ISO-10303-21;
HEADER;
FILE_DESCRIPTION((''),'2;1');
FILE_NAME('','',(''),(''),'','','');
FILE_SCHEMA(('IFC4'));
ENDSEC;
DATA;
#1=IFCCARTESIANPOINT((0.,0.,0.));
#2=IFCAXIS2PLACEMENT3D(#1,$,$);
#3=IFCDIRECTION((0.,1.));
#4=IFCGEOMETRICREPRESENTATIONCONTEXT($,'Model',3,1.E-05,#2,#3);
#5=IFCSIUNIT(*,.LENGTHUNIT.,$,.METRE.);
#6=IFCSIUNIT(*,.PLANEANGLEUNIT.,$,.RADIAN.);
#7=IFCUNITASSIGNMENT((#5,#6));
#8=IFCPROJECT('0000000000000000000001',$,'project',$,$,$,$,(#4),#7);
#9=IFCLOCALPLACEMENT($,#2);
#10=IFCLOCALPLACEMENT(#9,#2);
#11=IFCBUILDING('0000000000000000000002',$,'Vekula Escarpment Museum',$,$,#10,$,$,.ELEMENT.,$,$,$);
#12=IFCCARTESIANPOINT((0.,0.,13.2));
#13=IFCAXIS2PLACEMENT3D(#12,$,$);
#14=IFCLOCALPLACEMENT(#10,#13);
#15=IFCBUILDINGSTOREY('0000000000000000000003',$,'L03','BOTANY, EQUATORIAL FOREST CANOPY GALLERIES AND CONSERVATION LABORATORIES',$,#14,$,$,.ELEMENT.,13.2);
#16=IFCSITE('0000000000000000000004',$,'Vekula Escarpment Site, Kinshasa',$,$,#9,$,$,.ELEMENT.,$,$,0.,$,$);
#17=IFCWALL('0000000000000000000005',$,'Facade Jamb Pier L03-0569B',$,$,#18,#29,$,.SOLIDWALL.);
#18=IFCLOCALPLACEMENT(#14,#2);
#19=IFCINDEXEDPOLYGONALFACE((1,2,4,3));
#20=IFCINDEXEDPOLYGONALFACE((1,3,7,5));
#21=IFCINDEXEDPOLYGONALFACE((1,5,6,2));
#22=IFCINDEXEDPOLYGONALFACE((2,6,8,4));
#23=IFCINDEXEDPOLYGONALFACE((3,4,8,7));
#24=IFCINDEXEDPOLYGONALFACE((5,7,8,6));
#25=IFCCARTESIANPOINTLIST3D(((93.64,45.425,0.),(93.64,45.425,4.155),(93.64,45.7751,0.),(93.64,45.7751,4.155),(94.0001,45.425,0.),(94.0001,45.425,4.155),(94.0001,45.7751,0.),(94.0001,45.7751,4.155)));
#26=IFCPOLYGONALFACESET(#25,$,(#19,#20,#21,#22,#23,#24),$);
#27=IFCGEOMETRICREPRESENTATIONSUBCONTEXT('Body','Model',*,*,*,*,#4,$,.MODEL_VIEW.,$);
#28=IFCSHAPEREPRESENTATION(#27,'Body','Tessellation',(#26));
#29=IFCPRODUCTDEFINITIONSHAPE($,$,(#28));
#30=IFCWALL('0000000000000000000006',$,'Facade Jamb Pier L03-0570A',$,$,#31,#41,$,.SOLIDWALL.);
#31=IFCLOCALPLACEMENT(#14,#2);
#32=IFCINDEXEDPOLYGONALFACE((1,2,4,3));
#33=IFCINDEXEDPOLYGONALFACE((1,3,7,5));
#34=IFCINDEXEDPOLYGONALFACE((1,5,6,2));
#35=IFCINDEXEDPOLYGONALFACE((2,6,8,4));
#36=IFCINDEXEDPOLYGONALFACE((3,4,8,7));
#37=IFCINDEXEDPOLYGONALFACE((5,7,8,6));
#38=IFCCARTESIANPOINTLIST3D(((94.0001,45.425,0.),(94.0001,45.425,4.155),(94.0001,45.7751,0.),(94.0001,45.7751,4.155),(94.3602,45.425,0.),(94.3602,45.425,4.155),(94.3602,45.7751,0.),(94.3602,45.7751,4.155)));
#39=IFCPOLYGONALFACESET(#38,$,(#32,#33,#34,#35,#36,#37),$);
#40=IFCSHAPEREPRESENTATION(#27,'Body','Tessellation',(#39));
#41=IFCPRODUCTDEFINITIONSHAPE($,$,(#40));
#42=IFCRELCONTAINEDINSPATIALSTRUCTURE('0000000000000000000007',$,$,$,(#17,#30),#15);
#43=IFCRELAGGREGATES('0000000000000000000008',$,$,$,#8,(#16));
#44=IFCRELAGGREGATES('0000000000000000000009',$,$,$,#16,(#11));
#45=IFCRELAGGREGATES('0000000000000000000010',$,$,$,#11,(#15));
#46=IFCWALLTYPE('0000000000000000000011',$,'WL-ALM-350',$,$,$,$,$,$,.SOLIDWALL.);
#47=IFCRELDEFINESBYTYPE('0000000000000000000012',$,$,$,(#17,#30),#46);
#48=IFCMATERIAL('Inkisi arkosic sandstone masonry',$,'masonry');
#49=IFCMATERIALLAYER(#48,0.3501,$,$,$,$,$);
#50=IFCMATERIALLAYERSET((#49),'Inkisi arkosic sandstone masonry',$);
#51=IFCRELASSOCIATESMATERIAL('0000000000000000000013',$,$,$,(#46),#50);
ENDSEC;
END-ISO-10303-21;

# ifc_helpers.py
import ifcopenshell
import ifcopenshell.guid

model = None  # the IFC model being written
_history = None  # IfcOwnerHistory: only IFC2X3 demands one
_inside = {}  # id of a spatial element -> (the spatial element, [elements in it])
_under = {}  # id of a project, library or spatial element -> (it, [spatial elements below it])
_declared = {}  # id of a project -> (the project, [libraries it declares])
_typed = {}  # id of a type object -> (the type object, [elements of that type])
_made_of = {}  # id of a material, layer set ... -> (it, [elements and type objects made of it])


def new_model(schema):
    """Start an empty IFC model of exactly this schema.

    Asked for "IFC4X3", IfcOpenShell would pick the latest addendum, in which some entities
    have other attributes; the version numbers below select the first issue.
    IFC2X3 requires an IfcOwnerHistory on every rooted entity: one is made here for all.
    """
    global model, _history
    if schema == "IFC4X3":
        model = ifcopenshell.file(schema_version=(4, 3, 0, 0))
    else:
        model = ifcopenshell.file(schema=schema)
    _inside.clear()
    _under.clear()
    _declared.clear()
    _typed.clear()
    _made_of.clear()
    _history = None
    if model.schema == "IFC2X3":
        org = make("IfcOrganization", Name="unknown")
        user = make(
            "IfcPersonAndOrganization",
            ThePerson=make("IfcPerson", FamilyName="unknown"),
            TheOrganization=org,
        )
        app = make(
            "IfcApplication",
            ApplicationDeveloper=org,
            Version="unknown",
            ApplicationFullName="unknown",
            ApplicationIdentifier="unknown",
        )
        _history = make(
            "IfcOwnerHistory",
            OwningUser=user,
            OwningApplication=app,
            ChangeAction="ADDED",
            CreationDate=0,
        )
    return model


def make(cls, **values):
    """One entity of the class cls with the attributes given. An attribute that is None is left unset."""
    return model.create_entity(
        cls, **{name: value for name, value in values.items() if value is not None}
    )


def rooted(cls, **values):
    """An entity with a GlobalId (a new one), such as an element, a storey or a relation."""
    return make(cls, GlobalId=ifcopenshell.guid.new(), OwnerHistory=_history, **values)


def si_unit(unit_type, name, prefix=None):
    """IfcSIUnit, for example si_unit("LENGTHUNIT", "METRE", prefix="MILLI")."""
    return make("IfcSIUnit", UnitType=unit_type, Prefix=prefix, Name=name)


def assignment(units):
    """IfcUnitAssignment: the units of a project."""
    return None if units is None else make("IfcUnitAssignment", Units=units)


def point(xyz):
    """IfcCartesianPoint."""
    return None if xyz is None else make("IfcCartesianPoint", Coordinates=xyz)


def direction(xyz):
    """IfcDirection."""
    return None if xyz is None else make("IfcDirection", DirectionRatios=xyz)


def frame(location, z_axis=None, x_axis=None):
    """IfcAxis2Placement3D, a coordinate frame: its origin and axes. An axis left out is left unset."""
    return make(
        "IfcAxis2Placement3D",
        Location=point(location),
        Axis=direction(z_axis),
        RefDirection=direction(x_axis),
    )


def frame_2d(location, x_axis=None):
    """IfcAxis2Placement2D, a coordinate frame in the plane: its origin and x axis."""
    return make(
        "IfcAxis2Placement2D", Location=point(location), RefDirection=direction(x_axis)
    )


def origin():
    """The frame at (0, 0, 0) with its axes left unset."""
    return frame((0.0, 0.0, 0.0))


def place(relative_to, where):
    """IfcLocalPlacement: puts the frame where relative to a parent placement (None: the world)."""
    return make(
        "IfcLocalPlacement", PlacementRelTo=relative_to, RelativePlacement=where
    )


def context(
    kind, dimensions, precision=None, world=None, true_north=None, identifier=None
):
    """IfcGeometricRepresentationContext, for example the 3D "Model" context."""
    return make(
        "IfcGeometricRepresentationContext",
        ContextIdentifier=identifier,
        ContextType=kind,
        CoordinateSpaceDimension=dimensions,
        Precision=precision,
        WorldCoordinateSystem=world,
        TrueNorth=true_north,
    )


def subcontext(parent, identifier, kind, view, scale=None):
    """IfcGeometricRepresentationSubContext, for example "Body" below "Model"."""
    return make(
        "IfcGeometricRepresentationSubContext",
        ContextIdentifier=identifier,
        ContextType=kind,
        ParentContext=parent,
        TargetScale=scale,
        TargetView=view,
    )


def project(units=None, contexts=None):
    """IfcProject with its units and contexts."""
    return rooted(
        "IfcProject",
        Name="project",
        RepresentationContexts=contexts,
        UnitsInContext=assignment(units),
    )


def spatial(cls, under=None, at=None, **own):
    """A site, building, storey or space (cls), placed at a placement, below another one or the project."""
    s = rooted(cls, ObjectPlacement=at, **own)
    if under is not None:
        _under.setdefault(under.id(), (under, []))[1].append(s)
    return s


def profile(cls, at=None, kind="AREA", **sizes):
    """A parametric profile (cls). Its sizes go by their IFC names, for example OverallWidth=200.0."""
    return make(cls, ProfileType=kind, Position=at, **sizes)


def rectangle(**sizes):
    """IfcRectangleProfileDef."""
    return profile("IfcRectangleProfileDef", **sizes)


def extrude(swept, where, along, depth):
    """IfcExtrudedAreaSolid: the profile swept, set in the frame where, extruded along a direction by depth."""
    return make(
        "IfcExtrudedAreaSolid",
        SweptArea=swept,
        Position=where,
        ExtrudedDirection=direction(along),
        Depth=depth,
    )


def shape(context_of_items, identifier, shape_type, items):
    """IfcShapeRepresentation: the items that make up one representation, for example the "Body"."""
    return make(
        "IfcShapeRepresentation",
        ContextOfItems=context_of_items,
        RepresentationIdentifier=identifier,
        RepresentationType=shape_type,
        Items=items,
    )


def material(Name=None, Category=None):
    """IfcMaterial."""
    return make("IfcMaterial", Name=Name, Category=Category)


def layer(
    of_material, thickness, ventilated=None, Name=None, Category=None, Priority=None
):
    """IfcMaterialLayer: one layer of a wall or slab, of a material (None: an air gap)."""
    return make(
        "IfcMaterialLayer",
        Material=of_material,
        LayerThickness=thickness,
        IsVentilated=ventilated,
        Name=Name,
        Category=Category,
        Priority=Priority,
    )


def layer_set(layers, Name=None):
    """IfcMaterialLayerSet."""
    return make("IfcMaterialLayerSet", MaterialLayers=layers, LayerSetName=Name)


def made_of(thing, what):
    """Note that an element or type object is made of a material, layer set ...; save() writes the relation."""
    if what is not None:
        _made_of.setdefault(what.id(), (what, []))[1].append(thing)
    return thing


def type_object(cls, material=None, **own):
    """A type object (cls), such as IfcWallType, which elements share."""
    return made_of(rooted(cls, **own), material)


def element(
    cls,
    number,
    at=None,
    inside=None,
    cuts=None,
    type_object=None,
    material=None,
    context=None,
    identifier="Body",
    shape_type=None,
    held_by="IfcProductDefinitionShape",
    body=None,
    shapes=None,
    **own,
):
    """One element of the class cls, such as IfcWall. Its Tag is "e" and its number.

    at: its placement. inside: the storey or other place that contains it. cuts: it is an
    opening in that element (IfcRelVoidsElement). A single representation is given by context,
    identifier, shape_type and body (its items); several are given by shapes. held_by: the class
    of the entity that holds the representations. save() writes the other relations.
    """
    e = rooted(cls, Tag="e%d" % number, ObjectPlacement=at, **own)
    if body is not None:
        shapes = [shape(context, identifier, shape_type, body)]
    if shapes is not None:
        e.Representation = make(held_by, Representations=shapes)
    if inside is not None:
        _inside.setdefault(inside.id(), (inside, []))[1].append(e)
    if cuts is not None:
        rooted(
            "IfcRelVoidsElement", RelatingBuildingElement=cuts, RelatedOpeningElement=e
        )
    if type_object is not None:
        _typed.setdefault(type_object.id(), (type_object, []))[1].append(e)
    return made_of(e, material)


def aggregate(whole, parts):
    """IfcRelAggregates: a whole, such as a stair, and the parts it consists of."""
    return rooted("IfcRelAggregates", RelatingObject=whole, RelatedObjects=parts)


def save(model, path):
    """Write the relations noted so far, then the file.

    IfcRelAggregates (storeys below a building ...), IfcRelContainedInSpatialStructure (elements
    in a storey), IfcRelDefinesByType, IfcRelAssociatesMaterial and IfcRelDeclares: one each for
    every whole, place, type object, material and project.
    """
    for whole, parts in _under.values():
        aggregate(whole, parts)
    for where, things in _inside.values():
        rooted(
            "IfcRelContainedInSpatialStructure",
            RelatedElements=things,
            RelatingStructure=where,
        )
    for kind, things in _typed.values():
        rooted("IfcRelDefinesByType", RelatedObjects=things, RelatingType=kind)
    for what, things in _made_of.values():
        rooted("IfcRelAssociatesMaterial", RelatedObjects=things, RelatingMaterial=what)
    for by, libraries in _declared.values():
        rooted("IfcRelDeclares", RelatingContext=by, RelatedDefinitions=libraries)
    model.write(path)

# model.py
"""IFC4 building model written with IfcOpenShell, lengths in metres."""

from ifc_helpers import new_model, si_unit, direction, frame, frame_2d, origin, place, context, subcontext, project, spatial, rectangle, extrude, material, layer, layer_set, type_object, element, save


model = new_model("IFC4")

# Units and contexts
model_context = context("Model", 3, precision=1e-05, world=origin(), true_north=direction((0.0, 1.0)))
body_context = subcontext(model_context, "Body", "Model", "MODEL_VIEW")
ifc_project = project(units=[si_unit("LENGTHUNIT", "METRE"), si_unit("PLANEANGLEUNIT", "RADIAN")], contexts=[model_context])

# Site, building, storey
site_placement = place(None, origin())
site = spatial("IfcSite", under=ifc_project, at=site_placement, Name="Vekula Escarpment Site, Kinshasa", CompositionType="ELEMENT", RefElevation=0.0)
building_placement = place(site_placement, origin())
building = spatial("IfcBuilding", under=site, at=building_placement, Name="Vekula Escarpment Museum", CompositionType="ELEMENT")
storey_placement = place(building_placement, frame((0.0, 0.0, 13.2)))
storey = spatial("IfcBuildingStorey", under=building, at=storey_placement, Name="L03", Description="BOTANY, EQUATORIAL FOREST CANOPY GALLERIES AND CONSERVATION LABORATORIES", CompositionType="ELEMENT", Elevation=13.2)

# Walls
ifc_material_1 = material(Name="Inkisi arkosic sandstone masonry", Category="masonry")
ifc_layer_1 = layer(ifc_material_1, 0.3501)
ifc_layer_set_1 = layer_set([ifc_layer_1], Name="Inkisi arkosic sandstone masonry")
wall_type = type_object("IfcWallType", Name="WL-ALM-350", PredefinedType="SOLIDWALL", material=ifc_layer_set_1)
for number, where, z_axis, x_axis, name in (
    (1, (93.6399, 45.6001, 0.0), (0.0, 0.0, 1.0), (1.0, 0.0, 0.0), "Facade Jamb Pier L03-0569B"),
    (2, (94.0, 45.6001, 0.0), (0.0, 0.0, 1.0), (1.0, 0.0, 0.0), "Facade Jamb Pier L03-0570A"),
):
    element("IfcWall", number, at=place(storey_placement, frame(where, z_axis=z_axis, x_axis=x_axis)), inside=storey, type_object=wall_type, Name=name, PredefinedType="SOLIDWALL", context=body_context, shape_type="SweptSolid", body=[
        extrude(rectangle(XDim=0.3601, YDim=0.3501, at=frame_2d((0.1802, 0.0))), origin(), (0.0, 0.0, 1.0), 4.155),
    ])

save(model, "model.ifc")
